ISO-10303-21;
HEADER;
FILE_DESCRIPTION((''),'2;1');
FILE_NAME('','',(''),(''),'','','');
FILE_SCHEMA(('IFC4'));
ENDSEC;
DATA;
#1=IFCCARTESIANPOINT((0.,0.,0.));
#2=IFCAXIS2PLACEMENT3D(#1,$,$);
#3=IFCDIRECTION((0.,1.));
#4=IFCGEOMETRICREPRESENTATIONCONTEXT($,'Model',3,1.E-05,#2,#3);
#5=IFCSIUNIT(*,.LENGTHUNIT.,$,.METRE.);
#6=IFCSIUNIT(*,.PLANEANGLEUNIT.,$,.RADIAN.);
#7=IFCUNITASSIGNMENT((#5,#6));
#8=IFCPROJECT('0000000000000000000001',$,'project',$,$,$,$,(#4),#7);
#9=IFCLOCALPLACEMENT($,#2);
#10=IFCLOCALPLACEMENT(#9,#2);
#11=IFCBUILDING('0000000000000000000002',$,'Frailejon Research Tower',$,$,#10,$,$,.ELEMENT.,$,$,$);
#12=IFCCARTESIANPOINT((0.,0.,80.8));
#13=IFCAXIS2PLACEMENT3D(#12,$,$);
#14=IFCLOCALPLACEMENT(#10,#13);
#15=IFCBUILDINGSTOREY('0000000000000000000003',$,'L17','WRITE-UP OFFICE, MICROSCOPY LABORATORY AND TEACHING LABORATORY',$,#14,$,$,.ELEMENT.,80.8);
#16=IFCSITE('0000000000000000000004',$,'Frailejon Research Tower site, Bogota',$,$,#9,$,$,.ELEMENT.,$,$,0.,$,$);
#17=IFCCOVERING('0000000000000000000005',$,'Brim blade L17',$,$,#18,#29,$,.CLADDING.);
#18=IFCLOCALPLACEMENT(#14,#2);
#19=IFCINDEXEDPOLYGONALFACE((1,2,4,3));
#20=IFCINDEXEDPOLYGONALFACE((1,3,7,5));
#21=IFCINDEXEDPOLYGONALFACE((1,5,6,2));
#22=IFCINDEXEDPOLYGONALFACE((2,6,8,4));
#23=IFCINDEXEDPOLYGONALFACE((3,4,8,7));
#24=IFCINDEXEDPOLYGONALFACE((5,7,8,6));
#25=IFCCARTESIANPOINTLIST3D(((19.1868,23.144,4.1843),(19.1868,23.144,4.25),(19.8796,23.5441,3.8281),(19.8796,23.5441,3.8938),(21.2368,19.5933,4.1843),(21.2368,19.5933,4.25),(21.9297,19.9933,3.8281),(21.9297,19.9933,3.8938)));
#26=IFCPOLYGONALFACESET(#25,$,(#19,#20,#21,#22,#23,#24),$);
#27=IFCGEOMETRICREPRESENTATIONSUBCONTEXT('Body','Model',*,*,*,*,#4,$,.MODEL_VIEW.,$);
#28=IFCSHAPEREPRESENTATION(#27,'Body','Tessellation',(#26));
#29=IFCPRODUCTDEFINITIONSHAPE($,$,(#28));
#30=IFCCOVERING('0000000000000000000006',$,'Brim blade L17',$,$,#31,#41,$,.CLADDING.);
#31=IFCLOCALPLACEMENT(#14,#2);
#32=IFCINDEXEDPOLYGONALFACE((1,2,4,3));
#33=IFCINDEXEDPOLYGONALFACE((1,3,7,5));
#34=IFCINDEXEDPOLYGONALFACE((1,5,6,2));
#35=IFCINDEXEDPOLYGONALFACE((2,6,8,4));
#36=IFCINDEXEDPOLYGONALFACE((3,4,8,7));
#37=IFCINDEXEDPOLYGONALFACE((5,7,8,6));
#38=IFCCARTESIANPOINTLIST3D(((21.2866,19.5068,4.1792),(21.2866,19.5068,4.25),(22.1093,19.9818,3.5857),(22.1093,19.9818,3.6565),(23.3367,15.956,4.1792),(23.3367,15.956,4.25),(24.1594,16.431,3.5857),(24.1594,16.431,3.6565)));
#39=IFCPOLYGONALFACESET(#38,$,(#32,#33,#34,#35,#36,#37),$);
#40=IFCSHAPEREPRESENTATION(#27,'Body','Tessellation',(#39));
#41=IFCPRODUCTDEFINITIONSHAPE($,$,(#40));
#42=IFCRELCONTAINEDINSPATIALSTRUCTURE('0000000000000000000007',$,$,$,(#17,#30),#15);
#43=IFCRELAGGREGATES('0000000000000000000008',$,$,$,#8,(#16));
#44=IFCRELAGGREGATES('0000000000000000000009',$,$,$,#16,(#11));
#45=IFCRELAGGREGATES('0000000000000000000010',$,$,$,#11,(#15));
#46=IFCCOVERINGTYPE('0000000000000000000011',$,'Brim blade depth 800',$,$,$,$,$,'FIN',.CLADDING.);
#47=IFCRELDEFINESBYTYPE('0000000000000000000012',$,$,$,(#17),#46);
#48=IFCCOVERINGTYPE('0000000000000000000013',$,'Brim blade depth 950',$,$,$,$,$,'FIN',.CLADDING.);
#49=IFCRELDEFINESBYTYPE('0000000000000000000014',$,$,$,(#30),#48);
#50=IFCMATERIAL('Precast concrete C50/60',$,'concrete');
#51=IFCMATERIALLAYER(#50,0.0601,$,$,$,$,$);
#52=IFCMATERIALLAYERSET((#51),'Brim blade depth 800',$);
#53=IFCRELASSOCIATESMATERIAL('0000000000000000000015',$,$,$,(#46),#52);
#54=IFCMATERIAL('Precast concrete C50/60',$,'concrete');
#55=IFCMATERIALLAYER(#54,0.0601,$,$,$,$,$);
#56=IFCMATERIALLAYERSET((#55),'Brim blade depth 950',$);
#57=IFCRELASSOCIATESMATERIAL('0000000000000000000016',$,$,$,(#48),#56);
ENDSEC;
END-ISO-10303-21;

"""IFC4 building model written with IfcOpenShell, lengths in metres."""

from ifc_helpers import new_model, si_unit, direction, frame, origin, place, context, subcontext, project, spatial, polyline, outline, extrude, material, layer, layer_set, type_object, element, save


model = new_model("IFC4")

# Units and contexts
model_context = context("Model", 3, precision=1e-05, world=origin(), true_north=direction((0.0, 1.0)))
body_context = subcontext(model_context, "Body", "Model", "MODEL_VIEW")
ifc_project = project(units=[si_unit("LENGTHUNIT", "METRE"), si_unit("PLANEANGLEUNIT", "RADIAN")], contexts=[model_context])

# Site, building, storey
site_placement = place(None, origin())
site = spatial("IfcSite", under=ifc_project, at=site_placement, Name="Frailejon Research Tower site, Bogota", CompositionType="ELEMENT", RefElevation=0.0)
building_placement = place(site_placement, origin())
building = spatial("IfcBuilding", under=site, at=building_placement, Name="Frailejon Research Tower", CompositionType="ELEMENT")
storey_placement = place(building_placement, frame((0.0, 0.0, 80.8)))
storey = spatial("IfcBuildingStorey", under=building, at=storey_placement, Name="L17", Description="WRITE-UP OFFICE, MICROSCOPY LABORATORY AND TEACHING LABORATORY", CompositionType="ELEMENT", Elevation=80.8)

# Coverings
ifc_material_1 = material(Name="Precast concrete C50/60", Category="concrete")
ifc_layer_1 = layer(ifc_material_1, 0.0601)
ifc_layer_set_1 = layer_set([ifc_layer_1], Name="Brim blade depth 800")
covering_type_1 = type_object("IfcCoveringType", Name="Brim blade depth 800", ElementType="FIN", PredefinedType="CLADDING", material=ifc_layer_set_1)
covering_1_placement = place(storey_placement, frame((19.1868, 23.144, 4.25), z_axis=(0.500001, -0.866025, 0.0), x_axis=(0.866025, 0.500001, 0.0)))
element("IfcCovering", 1, at=covering_1_placement, inside=storey, type_object=covering_type_1, Name="Brim blade L17", PredefinedType="CLADDING", context=body_context, shape_type="SweptSolid", body=[
    extrude(outline(polyline([(0.0, -0.0657), (0.8, -0.4219), (0.8, -0.3562), (0.0, 0.0), (0.0, -0.0657)])), origin(), (0.0, 0.0, 1.0), 4.1001),
])
ifc_material_2 = material(Name="Precast concrete C50/60", Category="concrete")
ifc_layer_2 = layer(ifc_material_2, 0.0601)
ifc_layer_set_2 = layer_set([ifc_layer_2], Name="Brim blade depth 950")
covering_type_2 = type_object("IfcCoveringType", Name="Brim blade depth 950", ElementType="FIN", PredefinedType="CLADDING", material=ifc_layer_set_2)
covering_2_placement = place(storey_placement, frame((21.2866, 19.5068, 4.25), z_axis=(0.500001, -0.866025, 0.0), x_axis=(0.866025, 0.500001, 0.0)))
element("IfcCovering", 2, at=covering_2_placement, inside=storey, type_object=covering_type_2, Name="Brim blade L17", PredefinedType="CLADDING", context=body_context, shape_type="SweptSolid", body=[
    extrude(outline(polyline([(0.0, -0.0708), (0.95, -0.6643), (0.95, -0.5935), (0.0, 0.0), (0.0, -0.0708)])), origin(), (0.0, 0.0, 1.0), 4.1001),
])

save(model, "model.ifc")
